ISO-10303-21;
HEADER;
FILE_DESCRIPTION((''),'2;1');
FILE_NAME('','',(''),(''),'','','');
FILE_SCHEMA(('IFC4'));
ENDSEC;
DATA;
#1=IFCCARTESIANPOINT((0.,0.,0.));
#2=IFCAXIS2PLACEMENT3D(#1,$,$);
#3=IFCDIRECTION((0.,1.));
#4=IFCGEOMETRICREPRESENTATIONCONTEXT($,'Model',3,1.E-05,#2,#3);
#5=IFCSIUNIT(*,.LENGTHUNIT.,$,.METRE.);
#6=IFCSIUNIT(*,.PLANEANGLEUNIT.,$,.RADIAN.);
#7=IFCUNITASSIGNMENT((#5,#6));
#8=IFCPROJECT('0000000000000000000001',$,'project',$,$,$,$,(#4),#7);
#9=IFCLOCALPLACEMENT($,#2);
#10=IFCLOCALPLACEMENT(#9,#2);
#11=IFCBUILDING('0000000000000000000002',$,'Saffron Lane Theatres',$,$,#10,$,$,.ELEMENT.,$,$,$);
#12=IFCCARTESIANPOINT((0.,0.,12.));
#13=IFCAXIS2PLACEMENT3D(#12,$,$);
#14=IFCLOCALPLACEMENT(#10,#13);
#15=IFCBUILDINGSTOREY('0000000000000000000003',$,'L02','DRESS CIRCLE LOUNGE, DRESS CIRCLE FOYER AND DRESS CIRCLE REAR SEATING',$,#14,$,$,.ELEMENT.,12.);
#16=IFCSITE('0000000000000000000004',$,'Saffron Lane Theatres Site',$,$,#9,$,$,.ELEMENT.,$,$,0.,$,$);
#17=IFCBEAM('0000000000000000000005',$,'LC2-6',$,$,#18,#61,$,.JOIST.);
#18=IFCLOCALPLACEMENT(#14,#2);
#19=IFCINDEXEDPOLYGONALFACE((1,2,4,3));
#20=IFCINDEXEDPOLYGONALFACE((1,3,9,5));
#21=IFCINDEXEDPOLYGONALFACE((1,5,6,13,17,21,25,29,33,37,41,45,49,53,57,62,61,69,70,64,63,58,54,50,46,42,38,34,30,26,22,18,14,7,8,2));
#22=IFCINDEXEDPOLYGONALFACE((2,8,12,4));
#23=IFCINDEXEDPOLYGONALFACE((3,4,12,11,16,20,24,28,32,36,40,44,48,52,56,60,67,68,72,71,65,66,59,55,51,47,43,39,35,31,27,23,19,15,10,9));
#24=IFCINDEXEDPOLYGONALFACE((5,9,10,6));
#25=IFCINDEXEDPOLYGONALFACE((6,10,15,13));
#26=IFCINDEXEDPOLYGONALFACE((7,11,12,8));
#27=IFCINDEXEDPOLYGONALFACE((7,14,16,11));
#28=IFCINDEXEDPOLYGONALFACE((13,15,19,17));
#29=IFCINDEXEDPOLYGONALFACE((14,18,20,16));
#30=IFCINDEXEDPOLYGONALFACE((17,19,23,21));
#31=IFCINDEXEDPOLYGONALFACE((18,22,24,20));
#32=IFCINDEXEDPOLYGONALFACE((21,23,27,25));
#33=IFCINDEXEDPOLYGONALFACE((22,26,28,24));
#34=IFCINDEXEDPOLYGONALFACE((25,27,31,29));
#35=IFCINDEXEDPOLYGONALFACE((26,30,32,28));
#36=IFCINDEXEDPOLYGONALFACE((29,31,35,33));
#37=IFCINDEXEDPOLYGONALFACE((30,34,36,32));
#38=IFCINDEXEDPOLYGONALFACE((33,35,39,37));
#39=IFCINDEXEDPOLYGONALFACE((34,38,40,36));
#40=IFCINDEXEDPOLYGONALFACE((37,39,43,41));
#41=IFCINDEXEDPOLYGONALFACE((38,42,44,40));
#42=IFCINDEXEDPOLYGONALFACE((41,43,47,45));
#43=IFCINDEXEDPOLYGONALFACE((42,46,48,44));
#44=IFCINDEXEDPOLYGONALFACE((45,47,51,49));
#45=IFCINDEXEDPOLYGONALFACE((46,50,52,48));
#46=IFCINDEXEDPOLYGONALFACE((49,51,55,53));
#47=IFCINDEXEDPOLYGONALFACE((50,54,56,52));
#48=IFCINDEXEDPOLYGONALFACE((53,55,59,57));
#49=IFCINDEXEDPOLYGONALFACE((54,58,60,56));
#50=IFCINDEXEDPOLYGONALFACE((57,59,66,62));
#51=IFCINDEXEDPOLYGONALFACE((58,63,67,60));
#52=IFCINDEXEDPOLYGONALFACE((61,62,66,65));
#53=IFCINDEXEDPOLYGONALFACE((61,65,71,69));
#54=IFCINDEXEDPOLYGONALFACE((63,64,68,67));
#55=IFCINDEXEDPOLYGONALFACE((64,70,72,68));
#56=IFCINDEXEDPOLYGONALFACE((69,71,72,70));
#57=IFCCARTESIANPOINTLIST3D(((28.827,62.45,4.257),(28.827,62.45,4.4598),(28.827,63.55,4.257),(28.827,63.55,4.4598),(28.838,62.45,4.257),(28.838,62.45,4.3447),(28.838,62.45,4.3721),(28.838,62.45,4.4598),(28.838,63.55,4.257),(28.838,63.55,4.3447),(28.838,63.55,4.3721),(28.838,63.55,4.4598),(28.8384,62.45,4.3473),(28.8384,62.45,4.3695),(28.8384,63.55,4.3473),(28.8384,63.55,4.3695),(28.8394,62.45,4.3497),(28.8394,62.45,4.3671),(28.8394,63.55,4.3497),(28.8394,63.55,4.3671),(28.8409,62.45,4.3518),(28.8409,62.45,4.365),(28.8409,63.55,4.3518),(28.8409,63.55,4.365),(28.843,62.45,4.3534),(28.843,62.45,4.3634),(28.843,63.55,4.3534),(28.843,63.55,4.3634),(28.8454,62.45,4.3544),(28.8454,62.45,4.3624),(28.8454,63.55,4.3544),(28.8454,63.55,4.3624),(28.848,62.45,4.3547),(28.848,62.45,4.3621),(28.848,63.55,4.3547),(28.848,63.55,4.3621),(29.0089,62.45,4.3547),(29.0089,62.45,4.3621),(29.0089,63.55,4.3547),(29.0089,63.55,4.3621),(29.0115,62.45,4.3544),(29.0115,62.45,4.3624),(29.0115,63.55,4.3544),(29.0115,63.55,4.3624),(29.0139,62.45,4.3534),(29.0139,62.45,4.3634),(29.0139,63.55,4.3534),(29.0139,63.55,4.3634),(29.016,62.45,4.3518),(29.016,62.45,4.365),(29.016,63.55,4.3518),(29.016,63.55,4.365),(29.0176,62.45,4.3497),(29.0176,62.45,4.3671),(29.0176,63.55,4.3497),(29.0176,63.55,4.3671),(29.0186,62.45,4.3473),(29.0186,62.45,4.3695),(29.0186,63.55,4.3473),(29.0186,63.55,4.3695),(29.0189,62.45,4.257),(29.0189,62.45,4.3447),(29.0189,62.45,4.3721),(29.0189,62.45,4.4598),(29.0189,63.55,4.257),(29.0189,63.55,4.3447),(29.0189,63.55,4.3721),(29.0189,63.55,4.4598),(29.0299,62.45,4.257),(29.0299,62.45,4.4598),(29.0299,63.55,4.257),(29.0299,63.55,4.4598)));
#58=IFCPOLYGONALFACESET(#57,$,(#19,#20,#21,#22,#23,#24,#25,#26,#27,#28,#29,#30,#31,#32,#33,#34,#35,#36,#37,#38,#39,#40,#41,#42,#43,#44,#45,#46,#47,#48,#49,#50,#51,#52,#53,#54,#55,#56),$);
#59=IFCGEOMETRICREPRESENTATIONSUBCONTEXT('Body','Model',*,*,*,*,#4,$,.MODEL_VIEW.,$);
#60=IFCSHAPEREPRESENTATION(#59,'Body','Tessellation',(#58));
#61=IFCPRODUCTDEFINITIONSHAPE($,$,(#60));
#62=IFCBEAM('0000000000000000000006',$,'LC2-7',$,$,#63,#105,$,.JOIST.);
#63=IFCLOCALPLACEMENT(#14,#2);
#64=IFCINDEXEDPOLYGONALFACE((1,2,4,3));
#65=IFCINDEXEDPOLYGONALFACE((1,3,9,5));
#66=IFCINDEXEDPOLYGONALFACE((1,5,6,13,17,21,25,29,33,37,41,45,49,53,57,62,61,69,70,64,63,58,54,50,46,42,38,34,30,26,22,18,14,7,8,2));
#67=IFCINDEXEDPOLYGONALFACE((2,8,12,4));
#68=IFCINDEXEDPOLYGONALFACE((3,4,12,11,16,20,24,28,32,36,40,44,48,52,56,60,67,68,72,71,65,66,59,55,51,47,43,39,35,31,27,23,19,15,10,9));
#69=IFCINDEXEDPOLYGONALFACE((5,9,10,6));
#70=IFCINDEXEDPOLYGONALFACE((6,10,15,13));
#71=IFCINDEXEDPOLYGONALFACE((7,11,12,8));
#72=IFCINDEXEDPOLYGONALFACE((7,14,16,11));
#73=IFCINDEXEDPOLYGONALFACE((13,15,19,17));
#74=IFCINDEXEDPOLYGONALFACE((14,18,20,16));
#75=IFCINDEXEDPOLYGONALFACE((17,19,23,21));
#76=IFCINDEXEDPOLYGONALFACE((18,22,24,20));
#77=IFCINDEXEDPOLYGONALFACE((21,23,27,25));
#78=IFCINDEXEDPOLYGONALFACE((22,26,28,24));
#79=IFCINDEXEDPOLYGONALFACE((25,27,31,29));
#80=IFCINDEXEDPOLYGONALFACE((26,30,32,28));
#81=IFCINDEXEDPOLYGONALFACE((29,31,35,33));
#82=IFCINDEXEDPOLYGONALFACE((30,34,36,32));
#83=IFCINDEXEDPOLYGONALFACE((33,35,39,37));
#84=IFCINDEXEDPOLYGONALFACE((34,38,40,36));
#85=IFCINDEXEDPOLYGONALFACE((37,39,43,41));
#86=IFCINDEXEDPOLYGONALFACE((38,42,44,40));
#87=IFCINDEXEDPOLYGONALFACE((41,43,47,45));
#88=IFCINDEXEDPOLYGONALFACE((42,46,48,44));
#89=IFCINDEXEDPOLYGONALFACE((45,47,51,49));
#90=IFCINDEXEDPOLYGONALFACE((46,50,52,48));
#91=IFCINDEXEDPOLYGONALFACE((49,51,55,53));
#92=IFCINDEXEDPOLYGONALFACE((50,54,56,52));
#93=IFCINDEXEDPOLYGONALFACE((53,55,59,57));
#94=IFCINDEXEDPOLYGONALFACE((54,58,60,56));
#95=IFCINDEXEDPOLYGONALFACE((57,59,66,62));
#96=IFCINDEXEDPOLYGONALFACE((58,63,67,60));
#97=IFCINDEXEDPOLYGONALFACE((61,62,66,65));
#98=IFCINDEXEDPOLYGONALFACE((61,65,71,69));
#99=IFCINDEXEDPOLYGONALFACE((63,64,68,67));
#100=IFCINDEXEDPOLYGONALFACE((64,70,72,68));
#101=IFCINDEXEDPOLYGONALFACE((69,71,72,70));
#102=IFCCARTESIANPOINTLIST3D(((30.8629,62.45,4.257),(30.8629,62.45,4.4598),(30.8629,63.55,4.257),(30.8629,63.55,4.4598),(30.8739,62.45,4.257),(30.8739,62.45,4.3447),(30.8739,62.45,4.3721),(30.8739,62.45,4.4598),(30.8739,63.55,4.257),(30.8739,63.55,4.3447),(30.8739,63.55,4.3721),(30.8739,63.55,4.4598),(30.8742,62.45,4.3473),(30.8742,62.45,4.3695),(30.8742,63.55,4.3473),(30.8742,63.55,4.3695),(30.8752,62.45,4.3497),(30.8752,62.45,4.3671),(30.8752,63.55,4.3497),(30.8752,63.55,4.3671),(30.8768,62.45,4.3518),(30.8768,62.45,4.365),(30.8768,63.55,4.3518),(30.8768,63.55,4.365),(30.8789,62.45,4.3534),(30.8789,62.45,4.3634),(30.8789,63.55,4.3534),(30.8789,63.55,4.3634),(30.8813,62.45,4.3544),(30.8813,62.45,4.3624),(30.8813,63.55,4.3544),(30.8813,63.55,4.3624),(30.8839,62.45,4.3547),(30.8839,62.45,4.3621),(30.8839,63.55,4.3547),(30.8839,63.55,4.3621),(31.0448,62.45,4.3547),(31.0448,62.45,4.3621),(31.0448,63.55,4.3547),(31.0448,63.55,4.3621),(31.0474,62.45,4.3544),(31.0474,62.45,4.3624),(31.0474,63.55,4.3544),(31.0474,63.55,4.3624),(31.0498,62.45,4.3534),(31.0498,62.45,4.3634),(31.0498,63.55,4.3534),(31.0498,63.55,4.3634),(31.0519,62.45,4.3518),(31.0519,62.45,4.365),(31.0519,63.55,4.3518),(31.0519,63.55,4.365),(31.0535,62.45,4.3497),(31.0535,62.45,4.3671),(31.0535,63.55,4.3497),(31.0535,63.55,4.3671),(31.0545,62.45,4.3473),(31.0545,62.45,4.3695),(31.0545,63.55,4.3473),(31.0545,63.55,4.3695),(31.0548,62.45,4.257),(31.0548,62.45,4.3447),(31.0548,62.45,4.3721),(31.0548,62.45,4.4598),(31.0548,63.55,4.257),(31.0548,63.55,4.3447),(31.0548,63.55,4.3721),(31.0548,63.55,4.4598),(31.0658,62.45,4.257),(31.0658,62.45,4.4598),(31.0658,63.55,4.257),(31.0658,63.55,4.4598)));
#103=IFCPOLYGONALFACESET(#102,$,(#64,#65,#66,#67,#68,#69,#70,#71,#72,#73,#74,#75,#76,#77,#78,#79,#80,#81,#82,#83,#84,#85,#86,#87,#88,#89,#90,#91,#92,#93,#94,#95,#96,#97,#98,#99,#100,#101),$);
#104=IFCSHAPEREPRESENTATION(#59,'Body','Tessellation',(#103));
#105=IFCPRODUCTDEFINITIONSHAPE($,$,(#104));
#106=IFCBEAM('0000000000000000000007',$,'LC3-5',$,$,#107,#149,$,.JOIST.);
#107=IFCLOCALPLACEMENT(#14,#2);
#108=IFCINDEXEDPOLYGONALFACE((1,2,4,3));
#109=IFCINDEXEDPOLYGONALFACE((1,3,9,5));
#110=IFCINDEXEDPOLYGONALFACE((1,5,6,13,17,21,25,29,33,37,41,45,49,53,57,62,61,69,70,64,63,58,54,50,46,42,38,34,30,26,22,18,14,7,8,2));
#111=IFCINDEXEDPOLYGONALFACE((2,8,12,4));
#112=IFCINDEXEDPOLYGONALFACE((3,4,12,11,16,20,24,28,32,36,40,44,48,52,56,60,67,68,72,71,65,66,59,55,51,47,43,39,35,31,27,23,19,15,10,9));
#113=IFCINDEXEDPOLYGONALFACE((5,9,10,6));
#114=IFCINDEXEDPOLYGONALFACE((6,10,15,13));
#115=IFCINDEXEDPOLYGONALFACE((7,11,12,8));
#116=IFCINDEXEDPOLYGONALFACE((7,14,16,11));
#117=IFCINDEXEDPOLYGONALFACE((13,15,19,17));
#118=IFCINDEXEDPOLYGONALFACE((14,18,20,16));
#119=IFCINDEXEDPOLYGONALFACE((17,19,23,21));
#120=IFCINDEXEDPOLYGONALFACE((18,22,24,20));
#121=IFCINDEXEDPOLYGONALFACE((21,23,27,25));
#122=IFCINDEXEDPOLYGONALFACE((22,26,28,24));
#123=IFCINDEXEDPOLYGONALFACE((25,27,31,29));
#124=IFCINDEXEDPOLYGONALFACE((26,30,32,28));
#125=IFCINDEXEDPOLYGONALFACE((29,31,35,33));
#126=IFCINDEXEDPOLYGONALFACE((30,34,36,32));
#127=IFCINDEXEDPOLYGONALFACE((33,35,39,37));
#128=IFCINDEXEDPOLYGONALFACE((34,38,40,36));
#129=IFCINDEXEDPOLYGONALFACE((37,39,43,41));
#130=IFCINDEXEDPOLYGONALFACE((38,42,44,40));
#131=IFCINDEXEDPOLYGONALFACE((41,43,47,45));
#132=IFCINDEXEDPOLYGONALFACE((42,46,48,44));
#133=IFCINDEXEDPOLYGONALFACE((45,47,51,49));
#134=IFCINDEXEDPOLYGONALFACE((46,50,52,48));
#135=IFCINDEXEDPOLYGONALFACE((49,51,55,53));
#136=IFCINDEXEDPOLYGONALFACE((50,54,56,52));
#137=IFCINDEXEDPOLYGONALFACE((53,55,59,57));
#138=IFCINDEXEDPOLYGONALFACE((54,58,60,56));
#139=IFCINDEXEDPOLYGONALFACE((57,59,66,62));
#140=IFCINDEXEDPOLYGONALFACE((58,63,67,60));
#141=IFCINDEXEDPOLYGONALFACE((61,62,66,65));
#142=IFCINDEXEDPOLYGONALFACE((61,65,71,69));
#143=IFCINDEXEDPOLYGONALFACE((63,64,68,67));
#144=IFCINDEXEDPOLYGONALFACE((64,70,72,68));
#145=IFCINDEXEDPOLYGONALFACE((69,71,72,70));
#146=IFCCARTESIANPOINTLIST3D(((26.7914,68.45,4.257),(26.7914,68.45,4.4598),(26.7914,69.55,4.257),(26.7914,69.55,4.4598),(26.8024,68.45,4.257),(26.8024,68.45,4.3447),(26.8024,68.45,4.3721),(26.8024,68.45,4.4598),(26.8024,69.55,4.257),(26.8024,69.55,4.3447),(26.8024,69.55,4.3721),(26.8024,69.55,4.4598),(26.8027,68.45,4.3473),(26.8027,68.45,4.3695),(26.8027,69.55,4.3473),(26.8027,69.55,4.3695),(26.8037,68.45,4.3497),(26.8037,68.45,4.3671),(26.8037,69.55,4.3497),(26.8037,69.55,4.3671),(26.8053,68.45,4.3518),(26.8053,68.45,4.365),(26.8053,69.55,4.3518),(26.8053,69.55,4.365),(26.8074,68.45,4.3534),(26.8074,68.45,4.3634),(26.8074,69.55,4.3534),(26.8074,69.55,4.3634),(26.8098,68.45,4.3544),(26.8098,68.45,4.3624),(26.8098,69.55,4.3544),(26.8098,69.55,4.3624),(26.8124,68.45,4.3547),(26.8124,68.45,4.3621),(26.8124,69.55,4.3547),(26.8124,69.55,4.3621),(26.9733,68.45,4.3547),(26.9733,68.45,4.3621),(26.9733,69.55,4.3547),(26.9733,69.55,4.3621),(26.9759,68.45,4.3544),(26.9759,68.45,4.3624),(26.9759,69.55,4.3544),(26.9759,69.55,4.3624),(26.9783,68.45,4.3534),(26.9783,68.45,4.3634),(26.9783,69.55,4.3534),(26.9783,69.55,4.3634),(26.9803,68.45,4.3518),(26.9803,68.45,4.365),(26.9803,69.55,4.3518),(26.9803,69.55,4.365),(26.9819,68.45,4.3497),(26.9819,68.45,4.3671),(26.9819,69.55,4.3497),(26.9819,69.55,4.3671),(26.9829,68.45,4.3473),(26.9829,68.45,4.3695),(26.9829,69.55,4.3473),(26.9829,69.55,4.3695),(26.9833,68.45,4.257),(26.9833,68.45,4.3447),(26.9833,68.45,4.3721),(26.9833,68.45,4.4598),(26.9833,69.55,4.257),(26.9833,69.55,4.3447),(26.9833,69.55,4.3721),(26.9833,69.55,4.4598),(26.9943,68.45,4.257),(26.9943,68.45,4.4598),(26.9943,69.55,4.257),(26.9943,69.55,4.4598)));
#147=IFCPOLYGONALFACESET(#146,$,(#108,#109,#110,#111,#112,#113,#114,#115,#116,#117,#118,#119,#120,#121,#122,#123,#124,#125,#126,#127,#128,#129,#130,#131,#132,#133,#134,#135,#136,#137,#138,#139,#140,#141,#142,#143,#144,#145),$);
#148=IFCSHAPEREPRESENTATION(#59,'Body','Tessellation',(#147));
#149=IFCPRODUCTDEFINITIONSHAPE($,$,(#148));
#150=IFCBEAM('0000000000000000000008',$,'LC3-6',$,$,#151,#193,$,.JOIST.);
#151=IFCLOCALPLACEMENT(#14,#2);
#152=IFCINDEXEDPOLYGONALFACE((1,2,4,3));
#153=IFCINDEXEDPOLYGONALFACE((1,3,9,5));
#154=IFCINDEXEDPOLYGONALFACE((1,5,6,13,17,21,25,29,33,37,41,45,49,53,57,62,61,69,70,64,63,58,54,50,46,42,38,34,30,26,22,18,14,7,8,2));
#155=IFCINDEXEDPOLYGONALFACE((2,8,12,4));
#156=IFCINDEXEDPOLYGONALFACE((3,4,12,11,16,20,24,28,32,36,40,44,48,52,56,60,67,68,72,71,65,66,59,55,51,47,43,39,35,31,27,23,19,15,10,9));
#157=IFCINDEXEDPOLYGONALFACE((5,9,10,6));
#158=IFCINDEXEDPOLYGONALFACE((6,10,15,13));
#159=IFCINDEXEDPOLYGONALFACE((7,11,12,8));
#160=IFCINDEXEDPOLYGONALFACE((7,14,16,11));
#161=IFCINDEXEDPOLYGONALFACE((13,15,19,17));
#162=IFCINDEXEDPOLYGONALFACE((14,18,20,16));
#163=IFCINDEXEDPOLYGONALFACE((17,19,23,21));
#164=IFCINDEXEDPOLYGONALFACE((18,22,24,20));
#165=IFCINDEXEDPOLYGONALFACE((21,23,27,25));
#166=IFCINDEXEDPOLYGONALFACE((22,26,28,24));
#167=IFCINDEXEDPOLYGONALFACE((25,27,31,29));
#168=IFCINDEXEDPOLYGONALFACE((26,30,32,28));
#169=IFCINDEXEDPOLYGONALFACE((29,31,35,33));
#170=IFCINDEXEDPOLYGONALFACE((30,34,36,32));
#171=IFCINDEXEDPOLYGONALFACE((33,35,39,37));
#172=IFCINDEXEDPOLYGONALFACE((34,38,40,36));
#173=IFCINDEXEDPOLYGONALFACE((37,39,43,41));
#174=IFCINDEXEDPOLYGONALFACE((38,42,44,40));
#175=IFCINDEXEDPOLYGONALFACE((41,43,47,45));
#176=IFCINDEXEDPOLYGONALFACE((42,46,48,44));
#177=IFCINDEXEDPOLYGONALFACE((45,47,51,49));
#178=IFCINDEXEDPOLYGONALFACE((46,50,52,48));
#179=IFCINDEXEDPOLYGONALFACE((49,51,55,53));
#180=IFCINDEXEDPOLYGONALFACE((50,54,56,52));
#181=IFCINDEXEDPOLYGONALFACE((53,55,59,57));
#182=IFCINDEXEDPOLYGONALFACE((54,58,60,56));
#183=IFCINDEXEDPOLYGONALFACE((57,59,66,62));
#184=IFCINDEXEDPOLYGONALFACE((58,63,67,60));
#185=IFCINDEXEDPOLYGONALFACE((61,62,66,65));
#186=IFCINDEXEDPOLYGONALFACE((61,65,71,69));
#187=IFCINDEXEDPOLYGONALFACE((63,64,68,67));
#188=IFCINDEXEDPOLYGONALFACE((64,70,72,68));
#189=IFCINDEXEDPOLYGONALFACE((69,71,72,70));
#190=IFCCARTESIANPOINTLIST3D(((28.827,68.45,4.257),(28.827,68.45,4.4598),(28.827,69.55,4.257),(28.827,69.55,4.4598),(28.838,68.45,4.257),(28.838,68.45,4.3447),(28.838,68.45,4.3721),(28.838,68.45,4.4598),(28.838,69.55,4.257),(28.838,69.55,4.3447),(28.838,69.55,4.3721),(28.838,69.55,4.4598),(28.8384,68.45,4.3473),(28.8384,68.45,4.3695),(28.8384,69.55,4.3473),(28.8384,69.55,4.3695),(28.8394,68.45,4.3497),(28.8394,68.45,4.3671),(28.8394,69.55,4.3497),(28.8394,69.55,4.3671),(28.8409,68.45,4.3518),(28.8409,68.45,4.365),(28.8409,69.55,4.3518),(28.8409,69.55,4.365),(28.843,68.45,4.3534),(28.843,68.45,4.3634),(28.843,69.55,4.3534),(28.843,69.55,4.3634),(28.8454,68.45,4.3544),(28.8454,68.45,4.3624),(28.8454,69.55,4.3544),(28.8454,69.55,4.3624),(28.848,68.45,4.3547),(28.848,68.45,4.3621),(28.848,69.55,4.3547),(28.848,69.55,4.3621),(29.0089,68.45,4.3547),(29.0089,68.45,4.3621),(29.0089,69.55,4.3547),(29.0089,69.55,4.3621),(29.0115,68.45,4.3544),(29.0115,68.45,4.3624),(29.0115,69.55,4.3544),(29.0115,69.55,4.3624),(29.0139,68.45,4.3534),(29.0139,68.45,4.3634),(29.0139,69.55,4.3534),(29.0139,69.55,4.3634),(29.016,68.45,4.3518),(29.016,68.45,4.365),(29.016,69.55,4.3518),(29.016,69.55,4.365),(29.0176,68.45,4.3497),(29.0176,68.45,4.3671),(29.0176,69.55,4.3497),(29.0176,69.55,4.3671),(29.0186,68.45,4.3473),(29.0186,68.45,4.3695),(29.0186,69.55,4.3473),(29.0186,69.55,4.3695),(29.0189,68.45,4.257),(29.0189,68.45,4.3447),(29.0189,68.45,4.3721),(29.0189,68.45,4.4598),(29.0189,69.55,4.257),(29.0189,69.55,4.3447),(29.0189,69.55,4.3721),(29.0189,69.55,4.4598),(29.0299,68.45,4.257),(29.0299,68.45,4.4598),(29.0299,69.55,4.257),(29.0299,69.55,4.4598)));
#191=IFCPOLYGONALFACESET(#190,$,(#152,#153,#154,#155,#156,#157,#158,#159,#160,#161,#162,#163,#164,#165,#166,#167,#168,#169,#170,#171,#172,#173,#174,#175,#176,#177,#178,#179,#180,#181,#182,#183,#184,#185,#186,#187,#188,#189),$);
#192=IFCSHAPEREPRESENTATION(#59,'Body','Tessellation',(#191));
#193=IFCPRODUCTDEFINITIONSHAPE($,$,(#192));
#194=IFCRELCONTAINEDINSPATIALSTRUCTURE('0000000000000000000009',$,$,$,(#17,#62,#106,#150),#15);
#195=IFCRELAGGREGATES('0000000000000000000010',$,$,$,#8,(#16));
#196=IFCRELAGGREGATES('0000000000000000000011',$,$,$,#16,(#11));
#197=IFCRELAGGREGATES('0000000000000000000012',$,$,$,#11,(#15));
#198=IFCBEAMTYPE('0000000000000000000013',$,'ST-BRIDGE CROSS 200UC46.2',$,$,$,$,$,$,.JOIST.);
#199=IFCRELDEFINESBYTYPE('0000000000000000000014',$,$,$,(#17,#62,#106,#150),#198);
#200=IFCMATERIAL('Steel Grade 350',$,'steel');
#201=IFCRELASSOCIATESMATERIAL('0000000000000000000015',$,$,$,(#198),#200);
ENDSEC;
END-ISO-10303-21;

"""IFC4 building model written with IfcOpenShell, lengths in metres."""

from ifc_helpers import new_model, si_unit, direction, frame, origin, origin_2d, place, context, subcontext, project, spatial, i_section, extrude, material, material_profile, profile_set, type_object, element, save


model = new_model("IFC4")

# Units and contexts
model_context = context("Model", 3, precision=1e-05, world=origin(), true_north=direction((0.0, 1.0)))
body_context = subcontext(model_context, "Body", "Model", "MODEL_VIEW")
ifc_project = project(units=[si_unit("LENGTHUNIT", "METRE"), si_unit("PLANEANGLEUNIT", "RADIAN")], contexts=[model_context])

# Site, building, storey
site_placement = place(None, origin())
site = spatial("IfcSite", under=ifc_project, at=site_placement, Name="Saffron Lane Theatres Site", CompositionType="ELEMENT", RefElevation=0.0)
building_placement = place(site_placement, origin())
building = spatial("IfcBuilding", under=site, at=building_placement, Name="Saffron Lane Theatres", CompositionType="ELEMENT")
storey_placement = place(building_placement, frame((0.0, 0.0, 12.0)))
storey = spatial("IfcBuildingStorey", under=building, at=storey_placement, Name="L02", Description="DRESS CIRCLE LOUNGE, DRESS CIRCLE FOYER AND DRESS CIRCLE REAR SEATING", CompositionType="ELEMENT", Elevation=12.0)

# Beams
ifc_material_1 = material(Name="Steel Grade 350", Category="steel")
ifc_material_profile_1 = material_profile(ifc_material_1, i_section(OverallWidth=0.2029, OverallDepth=0.2029, WebThickness=0.0073, FlangeThickness=0.011, FilletRadius=0.01, at=origin_2d()))
ifc_profile_set_1 = profile_set([ifc_material_profile_1], Name="Steel Grade 350")
beam_type = type_object("IfcBeamType", Name="ST-BRIDGE CROSS 200UC46.2", PredefinedType="JOIST", material=ifc_profile_set_1)
for number, where, z_axis, x_axis, name in (
    (1, (28.9285, 62.45, 4.3584), (0.0, 1.0, 0.0), (0.0, 0.0, 1.0), "LC2-6"),
    (2, (30.9644, 62.45, 4.3584), (0.0, 1.0, 0.0), (0.0, 0.0, 1.0), "LC2-7"),
    (3, (26.8928, 68.45, 4.3584), (0.0, 1.0, 0.0), (0.0, 0.0, 1.0), "LC3-5"),
    (4, (28.9285, 68.45, 4.3584), (0.0, 1.0, 0.0), (0.0, 0.0, 1.0), "LC3-6"),
):
    element("IfcBeam", number, at=place(storey_placement, frame(where, z_axis=z_axis, x_axis=x_axis)), inside=storey, type_object=beam_type, Name=name, PredefinedType="JOIST", context=body_context, shape_type="SweptSolid", body=[
        extrude(i_section(OverallWidth=0.2029, OverallDepth=0.2029, WebThickness=0.0073, FlangeThickness=0.011, FilletRadius=0.01, at=origin_2d()), origin(), (0.0, 0.0, 1.0), 1.1001),
    ])

save(model, "model.ifc")
